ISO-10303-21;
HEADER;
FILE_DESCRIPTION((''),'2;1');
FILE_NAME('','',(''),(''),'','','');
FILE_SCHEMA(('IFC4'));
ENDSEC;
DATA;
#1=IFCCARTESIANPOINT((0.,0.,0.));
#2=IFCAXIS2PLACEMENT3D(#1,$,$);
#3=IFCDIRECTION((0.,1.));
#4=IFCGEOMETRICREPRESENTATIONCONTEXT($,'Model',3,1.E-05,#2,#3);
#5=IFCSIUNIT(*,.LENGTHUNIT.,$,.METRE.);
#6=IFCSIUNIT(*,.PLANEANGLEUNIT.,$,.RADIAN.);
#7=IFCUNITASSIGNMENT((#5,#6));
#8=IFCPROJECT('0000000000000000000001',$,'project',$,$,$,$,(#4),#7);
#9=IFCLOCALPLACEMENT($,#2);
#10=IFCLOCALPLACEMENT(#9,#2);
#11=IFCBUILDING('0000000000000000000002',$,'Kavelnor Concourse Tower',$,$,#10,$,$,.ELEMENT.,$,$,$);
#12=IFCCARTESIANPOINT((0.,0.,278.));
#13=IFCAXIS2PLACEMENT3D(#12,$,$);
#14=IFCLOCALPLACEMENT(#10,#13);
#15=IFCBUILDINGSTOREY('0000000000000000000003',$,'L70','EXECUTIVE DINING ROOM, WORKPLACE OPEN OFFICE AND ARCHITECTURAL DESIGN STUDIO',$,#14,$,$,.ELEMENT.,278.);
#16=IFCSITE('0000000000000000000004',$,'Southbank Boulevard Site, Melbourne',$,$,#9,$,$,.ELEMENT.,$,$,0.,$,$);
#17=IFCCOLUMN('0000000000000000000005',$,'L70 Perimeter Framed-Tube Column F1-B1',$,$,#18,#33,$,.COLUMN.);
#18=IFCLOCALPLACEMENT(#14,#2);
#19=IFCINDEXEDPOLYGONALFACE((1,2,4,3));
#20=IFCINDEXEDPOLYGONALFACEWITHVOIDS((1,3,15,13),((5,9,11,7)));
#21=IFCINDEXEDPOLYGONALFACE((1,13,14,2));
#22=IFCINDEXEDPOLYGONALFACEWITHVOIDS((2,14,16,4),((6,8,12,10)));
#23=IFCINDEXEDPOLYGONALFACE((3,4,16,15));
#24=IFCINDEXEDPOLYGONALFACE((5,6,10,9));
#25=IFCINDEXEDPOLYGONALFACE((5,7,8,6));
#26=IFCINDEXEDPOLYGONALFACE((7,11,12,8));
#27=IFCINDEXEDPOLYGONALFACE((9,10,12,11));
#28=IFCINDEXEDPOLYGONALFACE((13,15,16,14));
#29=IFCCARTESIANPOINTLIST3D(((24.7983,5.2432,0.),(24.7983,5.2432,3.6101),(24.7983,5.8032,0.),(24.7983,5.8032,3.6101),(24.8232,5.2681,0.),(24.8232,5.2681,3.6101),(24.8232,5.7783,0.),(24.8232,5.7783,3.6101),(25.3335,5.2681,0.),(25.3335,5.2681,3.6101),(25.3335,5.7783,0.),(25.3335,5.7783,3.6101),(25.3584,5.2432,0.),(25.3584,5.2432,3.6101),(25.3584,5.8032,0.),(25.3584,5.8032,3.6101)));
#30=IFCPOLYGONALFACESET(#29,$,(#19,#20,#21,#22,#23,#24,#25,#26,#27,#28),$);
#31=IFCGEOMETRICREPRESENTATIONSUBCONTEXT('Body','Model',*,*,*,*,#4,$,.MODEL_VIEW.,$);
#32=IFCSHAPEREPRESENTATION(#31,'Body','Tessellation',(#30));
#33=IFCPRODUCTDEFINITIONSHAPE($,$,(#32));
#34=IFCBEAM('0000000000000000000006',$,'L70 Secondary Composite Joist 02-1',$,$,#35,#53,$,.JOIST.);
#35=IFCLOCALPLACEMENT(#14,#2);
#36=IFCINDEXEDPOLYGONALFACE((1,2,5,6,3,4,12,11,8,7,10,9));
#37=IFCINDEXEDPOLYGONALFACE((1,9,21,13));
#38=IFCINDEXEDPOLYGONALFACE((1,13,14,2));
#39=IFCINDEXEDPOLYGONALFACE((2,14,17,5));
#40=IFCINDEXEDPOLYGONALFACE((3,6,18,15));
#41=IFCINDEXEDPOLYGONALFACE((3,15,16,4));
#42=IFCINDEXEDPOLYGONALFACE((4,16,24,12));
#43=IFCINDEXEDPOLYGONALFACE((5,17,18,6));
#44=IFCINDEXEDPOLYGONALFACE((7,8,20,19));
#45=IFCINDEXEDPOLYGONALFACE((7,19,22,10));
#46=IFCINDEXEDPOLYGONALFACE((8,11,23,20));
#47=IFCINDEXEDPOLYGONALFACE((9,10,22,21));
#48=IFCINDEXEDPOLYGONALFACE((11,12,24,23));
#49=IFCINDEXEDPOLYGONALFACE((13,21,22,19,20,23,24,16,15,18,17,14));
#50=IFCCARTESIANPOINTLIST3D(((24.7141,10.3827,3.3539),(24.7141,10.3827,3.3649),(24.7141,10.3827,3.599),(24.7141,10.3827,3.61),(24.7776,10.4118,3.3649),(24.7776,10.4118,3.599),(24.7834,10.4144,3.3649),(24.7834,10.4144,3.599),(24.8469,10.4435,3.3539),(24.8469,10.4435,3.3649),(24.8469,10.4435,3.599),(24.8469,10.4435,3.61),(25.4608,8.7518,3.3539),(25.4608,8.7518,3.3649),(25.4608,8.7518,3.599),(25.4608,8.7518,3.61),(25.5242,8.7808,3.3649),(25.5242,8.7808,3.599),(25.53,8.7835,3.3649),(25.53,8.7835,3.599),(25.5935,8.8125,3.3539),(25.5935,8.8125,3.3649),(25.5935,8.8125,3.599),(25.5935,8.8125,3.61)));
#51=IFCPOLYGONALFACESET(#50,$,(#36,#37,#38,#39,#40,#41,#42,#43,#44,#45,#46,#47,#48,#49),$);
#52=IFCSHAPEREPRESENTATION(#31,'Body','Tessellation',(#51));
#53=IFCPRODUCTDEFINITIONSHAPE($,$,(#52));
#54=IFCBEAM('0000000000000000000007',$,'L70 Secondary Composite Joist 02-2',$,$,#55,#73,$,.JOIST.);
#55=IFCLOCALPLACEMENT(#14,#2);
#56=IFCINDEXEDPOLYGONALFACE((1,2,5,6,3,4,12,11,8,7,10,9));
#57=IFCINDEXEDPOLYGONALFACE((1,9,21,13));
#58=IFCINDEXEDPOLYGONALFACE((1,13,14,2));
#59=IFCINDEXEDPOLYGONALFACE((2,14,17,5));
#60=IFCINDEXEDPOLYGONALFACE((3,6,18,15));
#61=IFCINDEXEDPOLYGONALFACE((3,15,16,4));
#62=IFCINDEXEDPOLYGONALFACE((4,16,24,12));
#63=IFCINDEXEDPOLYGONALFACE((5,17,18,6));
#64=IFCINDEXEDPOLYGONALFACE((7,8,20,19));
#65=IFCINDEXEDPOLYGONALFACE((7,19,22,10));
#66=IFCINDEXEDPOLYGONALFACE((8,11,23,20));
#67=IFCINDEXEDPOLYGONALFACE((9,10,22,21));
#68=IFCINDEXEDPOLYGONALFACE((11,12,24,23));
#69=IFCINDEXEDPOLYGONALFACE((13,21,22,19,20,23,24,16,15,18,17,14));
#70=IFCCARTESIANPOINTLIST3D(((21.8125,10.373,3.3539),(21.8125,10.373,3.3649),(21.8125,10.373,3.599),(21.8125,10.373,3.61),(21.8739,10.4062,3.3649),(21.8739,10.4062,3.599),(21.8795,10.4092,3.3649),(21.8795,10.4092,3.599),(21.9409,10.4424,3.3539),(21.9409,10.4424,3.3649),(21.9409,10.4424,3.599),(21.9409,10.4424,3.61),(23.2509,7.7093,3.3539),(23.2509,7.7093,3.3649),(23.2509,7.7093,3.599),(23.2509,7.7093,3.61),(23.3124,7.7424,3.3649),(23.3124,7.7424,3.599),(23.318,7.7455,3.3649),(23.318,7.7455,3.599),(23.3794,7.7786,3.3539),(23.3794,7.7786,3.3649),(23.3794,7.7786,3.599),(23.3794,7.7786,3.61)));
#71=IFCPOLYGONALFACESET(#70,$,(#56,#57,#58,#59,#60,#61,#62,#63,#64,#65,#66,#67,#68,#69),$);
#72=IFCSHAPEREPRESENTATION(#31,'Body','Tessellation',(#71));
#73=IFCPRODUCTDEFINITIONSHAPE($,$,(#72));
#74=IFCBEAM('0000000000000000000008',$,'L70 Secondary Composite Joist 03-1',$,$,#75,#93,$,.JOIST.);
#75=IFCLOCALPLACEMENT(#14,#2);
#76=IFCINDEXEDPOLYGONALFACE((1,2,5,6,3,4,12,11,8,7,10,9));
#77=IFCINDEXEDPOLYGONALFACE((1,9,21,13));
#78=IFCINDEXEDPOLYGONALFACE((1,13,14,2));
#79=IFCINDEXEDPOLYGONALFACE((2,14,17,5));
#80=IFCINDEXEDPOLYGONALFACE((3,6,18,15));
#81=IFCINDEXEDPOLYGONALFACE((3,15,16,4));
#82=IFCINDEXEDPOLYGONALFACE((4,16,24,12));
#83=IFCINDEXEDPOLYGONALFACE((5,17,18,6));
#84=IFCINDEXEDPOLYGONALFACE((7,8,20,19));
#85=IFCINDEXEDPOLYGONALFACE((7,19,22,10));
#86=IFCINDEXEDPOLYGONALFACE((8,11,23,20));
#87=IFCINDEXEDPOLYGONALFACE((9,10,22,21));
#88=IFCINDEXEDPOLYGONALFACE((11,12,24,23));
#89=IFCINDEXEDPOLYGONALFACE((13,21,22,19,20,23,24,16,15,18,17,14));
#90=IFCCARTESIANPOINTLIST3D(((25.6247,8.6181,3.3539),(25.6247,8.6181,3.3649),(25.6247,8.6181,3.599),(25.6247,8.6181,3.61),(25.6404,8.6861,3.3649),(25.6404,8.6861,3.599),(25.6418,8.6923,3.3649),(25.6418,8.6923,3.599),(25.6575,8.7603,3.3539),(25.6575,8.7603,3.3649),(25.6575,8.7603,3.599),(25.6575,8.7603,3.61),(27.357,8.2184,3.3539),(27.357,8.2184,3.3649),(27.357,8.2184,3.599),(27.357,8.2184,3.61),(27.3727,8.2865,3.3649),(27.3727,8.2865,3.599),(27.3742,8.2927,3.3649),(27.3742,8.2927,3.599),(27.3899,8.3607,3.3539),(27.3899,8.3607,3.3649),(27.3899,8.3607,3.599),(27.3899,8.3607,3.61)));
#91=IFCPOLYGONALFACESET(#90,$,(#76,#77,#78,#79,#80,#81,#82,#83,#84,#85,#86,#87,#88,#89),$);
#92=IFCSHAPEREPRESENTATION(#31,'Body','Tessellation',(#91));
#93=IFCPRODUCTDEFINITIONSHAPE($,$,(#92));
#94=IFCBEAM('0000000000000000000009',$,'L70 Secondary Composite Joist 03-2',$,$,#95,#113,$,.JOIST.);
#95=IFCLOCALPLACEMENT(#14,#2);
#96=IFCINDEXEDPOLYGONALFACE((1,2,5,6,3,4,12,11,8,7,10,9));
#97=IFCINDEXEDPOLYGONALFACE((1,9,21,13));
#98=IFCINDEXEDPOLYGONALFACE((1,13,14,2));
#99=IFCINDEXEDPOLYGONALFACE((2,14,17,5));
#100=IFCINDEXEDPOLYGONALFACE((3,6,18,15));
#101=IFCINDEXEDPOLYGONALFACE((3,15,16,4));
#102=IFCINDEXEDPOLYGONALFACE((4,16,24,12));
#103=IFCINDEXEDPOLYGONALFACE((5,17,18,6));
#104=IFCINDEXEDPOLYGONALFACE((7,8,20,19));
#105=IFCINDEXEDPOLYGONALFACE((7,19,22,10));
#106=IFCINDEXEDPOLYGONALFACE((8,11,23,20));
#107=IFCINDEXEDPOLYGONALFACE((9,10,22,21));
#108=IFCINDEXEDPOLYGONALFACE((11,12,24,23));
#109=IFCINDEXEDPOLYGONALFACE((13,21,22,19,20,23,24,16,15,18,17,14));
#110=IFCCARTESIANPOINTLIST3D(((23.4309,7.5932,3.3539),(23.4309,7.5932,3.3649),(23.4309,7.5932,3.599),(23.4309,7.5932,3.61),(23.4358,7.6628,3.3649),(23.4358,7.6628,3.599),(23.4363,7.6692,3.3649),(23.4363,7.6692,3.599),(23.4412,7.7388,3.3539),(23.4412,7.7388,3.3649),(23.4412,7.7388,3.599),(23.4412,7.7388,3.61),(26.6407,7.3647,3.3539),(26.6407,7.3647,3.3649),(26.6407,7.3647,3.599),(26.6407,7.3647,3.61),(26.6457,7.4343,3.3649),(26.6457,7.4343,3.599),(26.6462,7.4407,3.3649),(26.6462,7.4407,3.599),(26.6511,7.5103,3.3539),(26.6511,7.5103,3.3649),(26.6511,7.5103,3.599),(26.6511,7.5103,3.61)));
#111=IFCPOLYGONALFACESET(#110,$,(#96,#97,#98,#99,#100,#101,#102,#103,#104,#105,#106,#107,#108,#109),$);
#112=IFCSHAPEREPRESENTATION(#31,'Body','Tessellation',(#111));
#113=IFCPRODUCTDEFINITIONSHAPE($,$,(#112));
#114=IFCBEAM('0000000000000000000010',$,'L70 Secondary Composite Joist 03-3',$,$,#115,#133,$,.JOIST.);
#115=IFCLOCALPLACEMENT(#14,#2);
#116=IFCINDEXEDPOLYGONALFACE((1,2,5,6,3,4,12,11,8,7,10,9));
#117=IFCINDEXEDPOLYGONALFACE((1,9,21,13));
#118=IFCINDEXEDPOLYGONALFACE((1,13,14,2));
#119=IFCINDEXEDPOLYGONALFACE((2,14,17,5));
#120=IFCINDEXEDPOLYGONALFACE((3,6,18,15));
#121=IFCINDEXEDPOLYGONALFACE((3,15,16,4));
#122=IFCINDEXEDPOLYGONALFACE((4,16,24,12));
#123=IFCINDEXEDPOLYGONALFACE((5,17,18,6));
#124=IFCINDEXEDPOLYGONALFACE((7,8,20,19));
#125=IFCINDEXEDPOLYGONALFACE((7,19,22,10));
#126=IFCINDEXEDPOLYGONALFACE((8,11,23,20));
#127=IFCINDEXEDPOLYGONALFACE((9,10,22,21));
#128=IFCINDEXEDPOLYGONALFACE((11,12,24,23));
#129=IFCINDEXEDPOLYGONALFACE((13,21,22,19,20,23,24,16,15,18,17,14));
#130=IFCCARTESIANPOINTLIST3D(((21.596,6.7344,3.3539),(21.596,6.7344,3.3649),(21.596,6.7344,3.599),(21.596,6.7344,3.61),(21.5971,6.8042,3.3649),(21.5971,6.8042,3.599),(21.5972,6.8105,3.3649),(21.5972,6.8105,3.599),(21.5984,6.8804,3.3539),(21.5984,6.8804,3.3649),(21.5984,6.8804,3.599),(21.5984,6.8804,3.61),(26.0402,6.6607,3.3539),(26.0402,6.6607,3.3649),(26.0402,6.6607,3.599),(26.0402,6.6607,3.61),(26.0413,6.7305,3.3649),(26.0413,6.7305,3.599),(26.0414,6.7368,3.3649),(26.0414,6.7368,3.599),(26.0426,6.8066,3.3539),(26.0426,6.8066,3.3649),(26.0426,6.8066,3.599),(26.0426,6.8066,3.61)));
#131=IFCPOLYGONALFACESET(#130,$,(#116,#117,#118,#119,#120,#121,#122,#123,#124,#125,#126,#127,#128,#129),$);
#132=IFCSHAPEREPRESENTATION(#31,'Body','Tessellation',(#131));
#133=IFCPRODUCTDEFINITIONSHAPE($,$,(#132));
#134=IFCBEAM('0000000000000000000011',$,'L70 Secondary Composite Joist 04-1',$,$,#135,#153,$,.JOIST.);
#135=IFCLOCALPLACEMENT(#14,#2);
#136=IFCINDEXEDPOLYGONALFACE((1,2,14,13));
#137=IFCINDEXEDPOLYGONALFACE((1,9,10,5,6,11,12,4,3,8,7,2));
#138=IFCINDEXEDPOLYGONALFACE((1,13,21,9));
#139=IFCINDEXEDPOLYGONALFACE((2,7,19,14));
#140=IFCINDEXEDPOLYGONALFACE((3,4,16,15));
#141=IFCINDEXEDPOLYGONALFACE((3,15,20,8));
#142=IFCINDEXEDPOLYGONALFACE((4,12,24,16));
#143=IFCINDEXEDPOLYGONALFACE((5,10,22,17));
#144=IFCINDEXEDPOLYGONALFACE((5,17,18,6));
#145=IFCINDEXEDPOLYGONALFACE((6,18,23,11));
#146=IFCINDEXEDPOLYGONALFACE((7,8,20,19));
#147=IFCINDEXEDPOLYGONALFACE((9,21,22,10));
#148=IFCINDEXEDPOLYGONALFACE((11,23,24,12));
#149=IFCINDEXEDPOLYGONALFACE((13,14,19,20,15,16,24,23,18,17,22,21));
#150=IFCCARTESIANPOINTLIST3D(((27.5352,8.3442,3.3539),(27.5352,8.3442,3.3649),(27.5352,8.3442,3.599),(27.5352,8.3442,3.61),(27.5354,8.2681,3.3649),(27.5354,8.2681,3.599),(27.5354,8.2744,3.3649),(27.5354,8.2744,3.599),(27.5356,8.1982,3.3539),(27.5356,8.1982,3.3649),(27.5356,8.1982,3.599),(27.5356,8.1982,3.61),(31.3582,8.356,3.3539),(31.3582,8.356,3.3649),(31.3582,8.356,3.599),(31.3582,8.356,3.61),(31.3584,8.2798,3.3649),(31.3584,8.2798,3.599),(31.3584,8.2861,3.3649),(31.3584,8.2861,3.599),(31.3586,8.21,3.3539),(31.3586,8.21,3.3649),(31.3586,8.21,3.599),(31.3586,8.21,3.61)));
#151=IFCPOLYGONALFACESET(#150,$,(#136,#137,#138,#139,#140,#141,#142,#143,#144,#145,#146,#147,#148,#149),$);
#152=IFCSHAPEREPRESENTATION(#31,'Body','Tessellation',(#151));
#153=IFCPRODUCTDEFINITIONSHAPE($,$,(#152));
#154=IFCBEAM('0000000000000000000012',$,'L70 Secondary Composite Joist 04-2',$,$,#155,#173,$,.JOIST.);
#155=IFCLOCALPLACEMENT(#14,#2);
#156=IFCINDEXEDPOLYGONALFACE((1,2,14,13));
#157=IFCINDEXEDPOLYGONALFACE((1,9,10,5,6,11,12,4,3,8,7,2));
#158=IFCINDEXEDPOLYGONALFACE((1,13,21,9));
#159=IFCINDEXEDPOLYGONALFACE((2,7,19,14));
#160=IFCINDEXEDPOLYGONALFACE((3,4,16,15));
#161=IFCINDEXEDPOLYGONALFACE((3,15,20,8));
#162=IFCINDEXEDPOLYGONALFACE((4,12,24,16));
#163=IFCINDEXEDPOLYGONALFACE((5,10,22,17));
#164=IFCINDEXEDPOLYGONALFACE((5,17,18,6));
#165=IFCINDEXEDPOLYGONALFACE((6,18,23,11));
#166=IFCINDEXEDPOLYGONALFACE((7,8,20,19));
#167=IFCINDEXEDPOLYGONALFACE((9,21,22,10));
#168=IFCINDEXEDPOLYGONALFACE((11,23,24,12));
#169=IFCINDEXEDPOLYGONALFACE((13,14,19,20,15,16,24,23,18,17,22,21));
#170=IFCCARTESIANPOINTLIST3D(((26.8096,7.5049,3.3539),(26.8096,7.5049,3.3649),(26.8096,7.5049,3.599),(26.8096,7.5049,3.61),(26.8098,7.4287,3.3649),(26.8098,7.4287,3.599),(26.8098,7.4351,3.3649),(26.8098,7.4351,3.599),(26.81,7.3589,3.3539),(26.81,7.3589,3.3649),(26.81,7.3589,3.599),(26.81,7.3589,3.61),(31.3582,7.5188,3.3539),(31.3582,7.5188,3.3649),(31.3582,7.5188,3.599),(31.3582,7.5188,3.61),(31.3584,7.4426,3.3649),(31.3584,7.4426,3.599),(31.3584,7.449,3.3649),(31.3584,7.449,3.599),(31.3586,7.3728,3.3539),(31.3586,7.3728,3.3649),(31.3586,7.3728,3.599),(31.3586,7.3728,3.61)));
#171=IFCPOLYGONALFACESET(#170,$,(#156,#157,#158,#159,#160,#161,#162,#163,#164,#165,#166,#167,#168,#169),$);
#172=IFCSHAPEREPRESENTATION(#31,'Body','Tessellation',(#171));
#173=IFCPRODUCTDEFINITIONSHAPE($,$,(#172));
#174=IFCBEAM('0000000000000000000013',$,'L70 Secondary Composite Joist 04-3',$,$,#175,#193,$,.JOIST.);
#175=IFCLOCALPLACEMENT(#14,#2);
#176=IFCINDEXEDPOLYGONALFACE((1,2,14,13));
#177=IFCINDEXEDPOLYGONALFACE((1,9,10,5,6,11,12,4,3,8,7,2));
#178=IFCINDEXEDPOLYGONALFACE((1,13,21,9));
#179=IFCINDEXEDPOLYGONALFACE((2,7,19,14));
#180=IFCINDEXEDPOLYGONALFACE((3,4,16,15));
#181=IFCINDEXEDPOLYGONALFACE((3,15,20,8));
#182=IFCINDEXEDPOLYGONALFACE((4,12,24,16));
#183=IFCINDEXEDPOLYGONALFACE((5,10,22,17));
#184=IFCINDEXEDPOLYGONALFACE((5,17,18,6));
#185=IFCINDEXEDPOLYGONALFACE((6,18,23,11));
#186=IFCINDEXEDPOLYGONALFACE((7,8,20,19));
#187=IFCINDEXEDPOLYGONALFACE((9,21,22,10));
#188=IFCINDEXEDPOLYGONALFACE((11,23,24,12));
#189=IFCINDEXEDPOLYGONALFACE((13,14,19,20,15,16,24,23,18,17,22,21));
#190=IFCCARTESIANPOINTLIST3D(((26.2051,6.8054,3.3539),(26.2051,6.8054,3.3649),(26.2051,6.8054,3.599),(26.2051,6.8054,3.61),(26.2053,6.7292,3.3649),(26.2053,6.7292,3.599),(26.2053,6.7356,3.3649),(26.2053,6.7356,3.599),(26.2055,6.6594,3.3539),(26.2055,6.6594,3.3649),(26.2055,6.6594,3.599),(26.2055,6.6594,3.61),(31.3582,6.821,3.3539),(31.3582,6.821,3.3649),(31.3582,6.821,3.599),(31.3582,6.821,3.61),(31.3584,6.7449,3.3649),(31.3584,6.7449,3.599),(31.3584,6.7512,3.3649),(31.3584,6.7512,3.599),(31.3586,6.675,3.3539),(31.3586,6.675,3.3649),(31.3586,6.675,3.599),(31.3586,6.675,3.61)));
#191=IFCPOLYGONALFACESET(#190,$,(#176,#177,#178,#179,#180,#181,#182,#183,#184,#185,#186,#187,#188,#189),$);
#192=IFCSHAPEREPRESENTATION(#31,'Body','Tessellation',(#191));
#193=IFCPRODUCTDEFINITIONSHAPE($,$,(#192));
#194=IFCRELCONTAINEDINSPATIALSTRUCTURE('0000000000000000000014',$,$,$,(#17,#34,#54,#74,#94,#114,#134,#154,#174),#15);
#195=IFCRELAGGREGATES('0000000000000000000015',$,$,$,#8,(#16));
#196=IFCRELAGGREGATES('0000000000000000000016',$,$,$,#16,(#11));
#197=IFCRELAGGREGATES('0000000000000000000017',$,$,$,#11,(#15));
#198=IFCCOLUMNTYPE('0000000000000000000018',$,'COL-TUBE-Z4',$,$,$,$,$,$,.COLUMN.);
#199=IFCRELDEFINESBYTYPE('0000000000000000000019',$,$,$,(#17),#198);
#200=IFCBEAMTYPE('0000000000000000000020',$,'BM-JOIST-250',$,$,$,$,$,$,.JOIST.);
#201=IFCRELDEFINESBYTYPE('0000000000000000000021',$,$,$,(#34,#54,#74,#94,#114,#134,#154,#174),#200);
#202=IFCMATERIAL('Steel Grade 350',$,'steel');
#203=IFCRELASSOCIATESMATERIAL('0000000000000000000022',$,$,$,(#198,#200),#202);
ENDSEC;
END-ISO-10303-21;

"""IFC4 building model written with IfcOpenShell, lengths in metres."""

from ifc_helpers import new_model, si_unit, direction, frame, origin, origin_2d, place, context, subcontext, project, spatial, hollow_rectangle, i_section, extrude, material, material_profile, profile_set, type_object, element, save


model = new_model("IFC4")

# Units and contexts
model_context = context("Model", 3, precision=1e-05, world=origin(), true_north=direction((0.0, 1.0)))
body_context = subcontext(model_context, "Body", "Model", "MODEL_VIEW")
ifc_project = project(units=[si_unit("LENGTHUNIT", "METRE"), si_unit("PLANEANGLEUNIT", "RADIAN")], contexts=[model_context])

# Site, building, storey
site_placement = place(None, origin())
site = spatial("IfcSite", under=ifc_project, at=site_placement, Name="Southbank Boulevard Site, Melbourne", CompositionType="ELEMENT", RefElevation=0.0)
building_placement = place(site_placement, origin())
building = spatial("IfcBuilding", under=site, at=building_placement, Name="Kavelnor Concourse Tower", CompositionType="ELEMENT")
storey_placement = place(building_placement, frame((0.0, 0.0, 278.0)))
storey = spatial("IfcBuildingStorey", under=building, at=storey_placement, Name="L70", Description="EXECUTIVE DINING ROOM, WORKPLACE OPEN OFFICE AND ARCHITECTURAL DESIGN STUDIO", CompositionType="ELEMENT", Elevation=278.0)

# Column
ifc_material_1 = material(Name="Steel Grade 350", Category="steel")
ifc_material_profile_1 = material_profile(ifc_material_1, hollow_rectangle(XDim=0.5601, YDim=0.5601, WallThickness=0.0249, at=origin_2d()), Name="SHS 560x560x25")
ifc_profile_set_1 = profile_set([ifc_material_profile_1], Name="Steel Grade 350")
column_type = type_object("IfcColumnType", Name="COL-TUBE-Z4", PredefinedType="COLUMN", material=ifc_profile_set_1)
column_placement = place(storey_placement, frame((25.0784, 5.5232, 0.0), z_axis=(0.0, 0.0, 1.0), x_axis=(1.0, 0.0, 0.0)))
element("IfcColumn", 1, at=column_placement, inside=storey, type_object=column_type, Name="L70 Perimeter Framed-Tube Column F1-B1", PredefinedType="COLUMN", context=body_context, shape_type="SweptSolid", body=[
    extrude(hollow_rectangle(XDim=0.5601, YDim=0.5601, WallThickness=0.0249, at=origin_2d()), origin(), (0.0, 0.0, 1.0), 3.6101),
])

# Beams
ifc_material_profile_2 = material_profile(ifc_material_1, i_section(OverallWidth=0.146, OverallDepth=0.2561, WebThickness=0.0063, FlangeThickness=0.011, at=origin_2d()), Name="250UB37")
ifc_profile_set_2 = profile_set([ifc_material_profile_2], Name="Steel Grade 350")
beam_type_1 = type_object("IfcBeamType", Name="BM-JOIST-250", PredefinedType="JOIST", material=ifc_profile_set_2)
beam_1_placement = place(storey_placement, frame((24.7805, 10.4131, 3.4819), z_axis=(0.416242, -0.909254, 0.0), x_axis=(0.909254, 0.416242, 0.0)))
element("IfcBeam", 2, at=beam_1_placement, inside=storey, type_object=beam_type_1, Name="L70 Secondary Composite Joist 02-1", PredefinedType="JOIST", context=body_context, shape_type="SweptSolid", body=[
    extrude(i_section(OverallWidth=0.146, OverallDepth=0.2561, WebThickness=0.0063, FlangeThickness=0.011, at=origin_2d()), origin(), (0.0, 0.0, 1.0), 1.7937),
])
beam_2_placement = place(storey_placement, frame((21.8767, 10.4077, 3.4819), z_axis=(0.475153, -0.879903, 0.0), x_axis=(0.879903, 0.475153, 0.0)))
element("IfcBeam", 3, at=beam_2_placement, inside=storey, type_object=beam_type_1, Name="L70 Secondary Composite Joist 02-2", PredefinedType="JOIST", context=body_context, shape_type="SweptSolid", body=[
    extrude(i_section(OverallWidth=0.146, OverallDepth=0.2561, WebThickness=0.0063, FlangeThickness=0.011, at=origin_2d()), origin(), (0.0, 0.0, 1.0), 3.0273),
])
beam_3_placement = place(storey_placement, frame((25.6411, 8.6892, 3.4819), z_axis=(0.974407, -0.224789, 0.0), x_axis=(0.224789, 0.974407, 0.0)))
element("IfcBeam", 4, at=beam_3_placement, inside=storey, type_object=beam_type_1, Name="L70 Secondary Composite Joist 03-1", PredefinedType="JOIST", context=body_context, shape_type="SweptSolid", body=[
    extrude(i_section(OverallWidth=0.146, OverallDepth=0.2561, WebThickness=0.0063, FlangeThickness=0.011, at=origin_2d()), origin(), (0.0, 0.0, 1.0), 1.7778),
])
beam_4_placement = place(storey_placement, frame((23.436, 7.666, 3.4819), z_axis=(0.997476, -0.07101, 0.0), x_axis=(0.07101, 0.997476, 0.0)))
element("IfcBeam", 5, at=beam_4_placement, inside=storey, type_object=beam_type_1, Name="L70 Secondary Composite Joist 03-2", PredefinedType="JOIST", context=body_context, shape_type="SweptSolid", body=[
    extrude(i_section(OverallWidth=0.146, OverallDepth=0.2561, WebThickness=0.0063, FlangeThickness=0.011, at=origin_2d()), origin(), (0.0, 0.0, 1.0), 3.218),
])
beam_5_placement = place(storey_placement, frame((21.5972, 6.8074, 3.4819), z_axis=(0.999862, -0.016588, 0.0), x_axis=(0.016588, 0.999862, 0.0)))
element("IfcBeam", 6, at=beam_5_placement, inside=storey, type_object=beam_type_1, Name="L70 Secondary Composite Joist 03-3", PredefinedType="JOIST", context=body_context, shape_type="SweptSolid", body=[
    extrude(i_section(OverallWidth=0.146, OverallDepth=0.2561, WebThickness=0.0063, FlangeThickness=0.011, at=origin_2d()), origin(), (0.0, 0.0, 1.0), 4.4448),
])
beam_6_placement = place(storey_placement, frame((27.5354, 8.2712, 3.4819), z_axis=(0.999995, 0.003065, 0.0), x_axis=(-0.003065, 0.999995, 0.0)))
element("IfcBeam", 7, at=beam_6_placement, inside=storey, type_object=beam_type_1, Name="L70 Secondary Composite Joist 04-1", PredefinedType="JOIST", context=body_context, shape_type="SweptSolid", body=[
    extrude(i_section(OverallWidth=0.146, OverallDepth=0.2561, WebThickness=0.0063, FlangeThickness=0.011, at=origin_2d()), origin(), (0.0, 0.0, 1.0), 3.823),
])
beam_7_placement = place(storey_placement, frame((26.8098, 7.4319, 3.4819), z_axis=(0.999995, 0.003059, 0.0), x_axis=(-0.003059, 0.999995, 0.0)))
element("IfcBeam", 8, at=beam_7_placement, inside=storey, type_object=beam_type_1, Name="L70 Secondary Composite Joist 04-2", PredefinedType="JOIST", context=body_context, shape_type="SweptSolid", body=[
    extrude(i_section(OverallWidth=0.146, OverallDepth=0.2561, WebThickness=0.0063, FlangeThickness=0.011, at=origin_2d()), origin(), (0.0, 0.0, 1.0), 4.5486),
])
beam_8_placement = place(storey_placement, frame((26.2053, 6.7324, 3.4819), z_axis=(0.999995, 0.003032, 0.0), x_axis=(-0.003032, 0.999995, 0.0)))
element("IfcBeam", 9, at=beam_8_placement, inside=storey, type_object=beam_type_1, Name="L70 Secondary Composite Joist 04-3", PredefinedType="JOIST", context=body_context, shape_type="SweptSolid", body=[
    extrude(i_section(OverallWidth=0.146, OverallDepth=0.2561, WebThickness=0.0063, FlangeThickness=0.011, at=origin_2d()), origin(), (0.0, 0.0, 1.0), 5.1531),
])

save(model, "model.ifc")
